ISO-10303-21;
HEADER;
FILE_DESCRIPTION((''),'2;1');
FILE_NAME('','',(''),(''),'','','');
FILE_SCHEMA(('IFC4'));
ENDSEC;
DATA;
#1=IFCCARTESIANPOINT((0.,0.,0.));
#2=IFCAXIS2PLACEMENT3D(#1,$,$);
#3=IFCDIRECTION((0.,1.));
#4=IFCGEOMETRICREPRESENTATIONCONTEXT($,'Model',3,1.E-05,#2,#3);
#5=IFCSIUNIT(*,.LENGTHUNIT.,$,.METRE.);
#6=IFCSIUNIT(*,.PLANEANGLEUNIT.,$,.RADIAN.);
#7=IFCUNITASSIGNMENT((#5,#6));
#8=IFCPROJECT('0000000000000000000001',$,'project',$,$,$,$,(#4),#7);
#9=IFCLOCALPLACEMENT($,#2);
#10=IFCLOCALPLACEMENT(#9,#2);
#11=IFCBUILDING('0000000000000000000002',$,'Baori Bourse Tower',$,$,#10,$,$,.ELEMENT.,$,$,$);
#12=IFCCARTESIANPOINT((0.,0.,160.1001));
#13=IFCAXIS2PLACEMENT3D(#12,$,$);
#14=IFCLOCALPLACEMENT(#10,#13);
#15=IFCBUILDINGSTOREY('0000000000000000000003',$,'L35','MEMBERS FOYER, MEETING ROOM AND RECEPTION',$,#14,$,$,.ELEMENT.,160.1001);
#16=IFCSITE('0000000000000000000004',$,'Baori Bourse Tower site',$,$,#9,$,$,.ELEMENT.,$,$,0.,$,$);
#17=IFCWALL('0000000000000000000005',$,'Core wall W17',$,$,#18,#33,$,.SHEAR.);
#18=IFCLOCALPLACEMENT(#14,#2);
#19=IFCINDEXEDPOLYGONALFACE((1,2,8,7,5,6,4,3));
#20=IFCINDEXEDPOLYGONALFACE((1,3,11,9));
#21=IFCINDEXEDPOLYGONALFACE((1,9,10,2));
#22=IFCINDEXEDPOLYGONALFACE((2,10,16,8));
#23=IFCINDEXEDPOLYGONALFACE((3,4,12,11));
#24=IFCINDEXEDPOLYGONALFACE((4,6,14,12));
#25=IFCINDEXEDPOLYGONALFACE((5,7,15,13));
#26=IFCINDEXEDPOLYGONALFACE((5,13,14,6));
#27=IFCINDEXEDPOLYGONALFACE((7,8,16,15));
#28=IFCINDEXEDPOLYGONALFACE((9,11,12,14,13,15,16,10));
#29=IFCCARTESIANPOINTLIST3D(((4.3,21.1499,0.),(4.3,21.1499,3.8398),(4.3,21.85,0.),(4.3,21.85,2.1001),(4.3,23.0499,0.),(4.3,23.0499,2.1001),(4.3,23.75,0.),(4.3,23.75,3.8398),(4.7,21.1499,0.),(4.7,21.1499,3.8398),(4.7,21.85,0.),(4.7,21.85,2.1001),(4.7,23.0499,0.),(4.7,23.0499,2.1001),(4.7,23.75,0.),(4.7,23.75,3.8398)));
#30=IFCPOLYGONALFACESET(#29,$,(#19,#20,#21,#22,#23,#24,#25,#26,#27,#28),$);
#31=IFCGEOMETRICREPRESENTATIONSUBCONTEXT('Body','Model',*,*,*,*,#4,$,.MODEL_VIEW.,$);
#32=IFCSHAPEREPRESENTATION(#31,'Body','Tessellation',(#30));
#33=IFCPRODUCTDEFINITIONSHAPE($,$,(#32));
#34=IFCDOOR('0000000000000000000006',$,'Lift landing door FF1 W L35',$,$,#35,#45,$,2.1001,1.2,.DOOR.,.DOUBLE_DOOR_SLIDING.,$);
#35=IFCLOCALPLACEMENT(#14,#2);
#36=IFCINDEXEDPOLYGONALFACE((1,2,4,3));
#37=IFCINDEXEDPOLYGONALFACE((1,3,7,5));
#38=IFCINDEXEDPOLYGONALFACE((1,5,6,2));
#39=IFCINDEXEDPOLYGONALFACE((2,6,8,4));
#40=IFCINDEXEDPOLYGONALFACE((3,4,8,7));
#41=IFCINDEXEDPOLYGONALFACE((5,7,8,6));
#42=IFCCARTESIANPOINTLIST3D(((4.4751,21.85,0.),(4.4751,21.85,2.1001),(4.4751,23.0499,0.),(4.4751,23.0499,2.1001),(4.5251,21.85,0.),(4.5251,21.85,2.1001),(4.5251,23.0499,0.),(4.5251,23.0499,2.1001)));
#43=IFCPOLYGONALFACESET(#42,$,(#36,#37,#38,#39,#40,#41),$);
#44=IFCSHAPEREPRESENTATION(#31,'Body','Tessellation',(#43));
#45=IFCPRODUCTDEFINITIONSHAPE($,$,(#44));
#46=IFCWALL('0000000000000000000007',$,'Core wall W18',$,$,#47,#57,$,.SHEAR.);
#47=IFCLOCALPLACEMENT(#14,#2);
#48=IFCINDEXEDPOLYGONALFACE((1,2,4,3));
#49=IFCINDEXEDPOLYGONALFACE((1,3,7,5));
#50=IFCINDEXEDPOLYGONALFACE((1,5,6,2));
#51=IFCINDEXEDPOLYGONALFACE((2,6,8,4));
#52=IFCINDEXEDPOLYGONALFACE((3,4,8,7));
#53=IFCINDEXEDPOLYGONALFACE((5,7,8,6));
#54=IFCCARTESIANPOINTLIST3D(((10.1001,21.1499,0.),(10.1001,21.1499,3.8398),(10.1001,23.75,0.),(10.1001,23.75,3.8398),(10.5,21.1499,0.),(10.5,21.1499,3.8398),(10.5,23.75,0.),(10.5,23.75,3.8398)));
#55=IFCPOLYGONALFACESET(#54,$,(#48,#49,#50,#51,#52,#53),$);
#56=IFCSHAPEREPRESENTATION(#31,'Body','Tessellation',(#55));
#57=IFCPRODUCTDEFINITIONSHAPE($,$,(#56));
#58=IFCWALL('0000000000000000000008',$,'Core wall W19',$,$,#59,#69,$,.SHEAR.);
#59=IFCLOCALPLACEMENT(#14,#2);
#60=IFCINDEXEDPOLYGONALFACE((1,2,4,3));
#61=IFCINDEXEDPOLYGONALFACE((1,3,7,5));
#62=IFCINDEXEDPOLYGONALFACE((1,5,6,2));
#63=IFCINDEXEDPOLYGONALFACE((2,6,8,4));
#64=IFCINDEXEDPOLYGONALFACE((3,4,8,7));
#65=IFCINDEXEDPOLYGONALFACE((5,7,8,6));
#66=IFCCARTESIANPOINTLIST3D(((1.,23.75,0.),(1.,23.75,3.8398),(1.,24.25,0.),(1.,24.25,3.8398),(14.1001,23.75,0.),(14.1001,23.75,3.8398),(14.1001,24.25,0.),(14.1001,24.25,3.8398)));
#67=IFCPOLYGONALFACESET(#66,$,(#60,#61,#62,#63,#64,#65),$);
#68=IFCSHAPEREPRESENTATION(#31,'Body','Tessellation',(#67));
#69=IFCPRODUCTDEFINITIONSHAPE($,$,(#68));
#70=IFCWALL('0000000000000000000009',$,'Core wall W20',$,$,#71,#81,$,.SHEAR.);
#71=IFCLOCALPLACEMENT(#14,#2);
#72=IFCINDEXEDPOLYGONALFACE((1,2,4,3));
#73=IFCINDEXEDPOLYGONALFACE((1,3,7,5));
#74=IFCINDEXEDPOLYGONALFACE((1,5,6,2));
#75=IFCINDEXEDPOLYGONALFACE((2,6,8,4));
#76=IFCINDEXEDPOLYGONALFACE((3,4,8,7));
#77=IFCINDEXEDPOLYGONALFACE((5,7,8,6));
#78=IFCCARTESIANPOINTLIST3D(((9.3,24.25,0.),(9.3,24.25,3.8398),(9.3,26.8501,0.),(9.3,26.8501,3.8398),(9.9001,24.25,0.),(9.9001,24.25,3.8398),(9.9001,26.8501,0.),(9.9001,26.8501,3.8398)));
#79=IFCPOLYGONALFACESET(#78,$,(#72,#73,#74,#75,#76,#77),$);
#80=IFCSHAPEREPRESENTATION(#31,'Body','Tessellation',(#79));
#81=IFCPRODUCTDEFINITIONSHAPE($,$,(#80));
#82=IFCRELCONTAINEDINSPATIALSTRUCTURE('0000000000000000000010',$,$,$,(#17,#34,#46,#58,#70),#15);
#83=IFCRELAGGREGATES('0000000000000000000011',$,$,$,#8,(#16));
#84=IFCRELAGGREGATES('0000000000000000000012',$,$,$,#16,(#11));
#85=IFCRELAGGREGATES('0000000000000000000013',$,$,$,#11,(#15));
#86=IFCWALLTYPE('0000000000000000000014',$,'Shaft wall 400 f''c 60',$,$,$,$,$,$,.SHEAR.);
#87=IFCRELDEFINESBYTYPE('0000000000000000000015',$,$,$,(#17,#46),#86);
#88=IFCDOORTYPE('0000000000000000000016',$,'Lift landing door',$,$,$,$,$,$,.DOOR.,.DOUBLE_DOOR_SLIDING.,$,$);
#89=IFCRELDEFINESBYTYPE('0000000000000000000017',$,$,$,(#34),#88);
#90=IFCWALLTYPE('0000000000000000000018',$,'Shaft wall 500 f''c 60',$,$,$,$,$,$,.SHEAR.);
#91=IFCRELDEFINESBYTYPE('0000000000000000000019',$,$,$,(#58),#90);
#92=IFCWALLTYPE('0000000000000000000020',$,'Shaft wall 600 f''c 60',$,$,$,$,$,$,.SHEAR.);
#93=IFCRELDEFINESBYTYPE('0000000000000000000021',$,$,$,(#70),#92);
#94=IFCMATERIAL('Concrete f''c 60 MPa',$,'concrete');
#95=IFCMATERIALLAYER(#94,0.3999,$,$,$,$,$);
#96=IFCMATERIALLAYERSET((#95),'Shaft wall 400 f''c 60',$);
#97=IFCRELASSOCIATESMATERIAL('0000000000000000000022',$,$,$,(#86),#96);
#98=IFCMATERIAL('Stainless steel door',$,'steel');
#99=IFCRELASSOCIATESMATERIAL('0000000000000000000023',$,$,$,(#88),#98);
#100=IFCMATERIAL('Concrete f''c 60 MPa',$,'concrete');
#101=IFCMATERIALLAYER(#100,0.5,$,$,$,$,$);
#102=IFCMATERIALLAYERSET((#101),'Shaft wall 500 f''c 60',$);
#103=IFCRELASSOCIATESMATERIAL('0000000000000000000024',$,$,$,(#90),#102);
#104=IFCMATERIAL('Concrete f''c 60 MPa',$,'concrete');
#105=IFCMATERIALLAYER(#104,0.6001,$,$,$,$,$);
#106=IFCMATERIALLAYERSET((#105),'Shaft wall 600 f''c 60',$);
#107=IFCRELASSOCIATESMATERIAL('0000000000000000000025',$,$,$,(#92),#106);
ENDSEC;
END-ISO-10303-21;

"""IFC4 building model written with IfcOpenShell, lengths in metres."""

from ifc_helpers import new_model, si_unit, direction, frame, frame_2d, origin, place, context, subcontext, project, spatial, rectangle, extrude, material, layer, layer_set, type_object, element, fill, save


model = new_model("IFC4")

# Units and contexts
model_context = context("Model", 3, precision=1e-05, world=origin(), true_north=direction((0.0, 1.0)))
body_context = subcontext(model_context, "Body", "Model", "MODEL_VIEW")
ifc_project = project(units=[si_unit("LENGTHUNIT", "METRE"), si_unit("PLANEANGLEUNIT", "RADIAN")], contexts=[model_context])

# Site, building, storey
site_placement = place(None, origin())
site = spatial("IfcSite", under=ifc_project, at=site_placement, Name="Baori Bourse Tower site", CompositionType="ELEMENT", RefElevation=0.0)
building_placement = place(site_placement, origin())
building = spatial("IfcBuilding", under=site, at=building_placement, Name="Baori Bourse Tower", CompositionType="ELEMENT")
storey_placement = place(building_placement, frame((0.0, 0.0, 160.1001)))
storey = spatial("IfcBuildingStorey", under=building, at=storey_placement, Name="L35", Description="MEMBERS FOYER, MEETING ROOM AND RECEPTION", CompositionType="ELEMENT", Elevation=160.1001)

# Shared definitions
ifc_material_1 = material(Name="Concrete f'c 60 MPa", Category="concrete")
ifc_layer_1 = layer(ifc_material_1, 0.3999)
ifc_layer_set_1 = layer_set([ifc_layer_1], Name="Shaft wall 400 f'c 60")
wall_type_1 = type_object("IfcWallType", Name="Shaft wall 400 f'c 60", PredefinedType="SHEAR", material=ifc_layer_set_1)

# Wall, opening, door
wall_1_placement = place(storey_placement, frame((4.5, 21.1499, 0.0), z_axis=(0.0, 0.0, 1.0), x_axis=(0.0, 1.0, 0.0)))
wall_1 = element("IfcWall", 1, at=wall_1_placement, inside=storey, type_object=wall_type_1, Name="Core wall W17", PredefinedType="SHEAR", context=body_context, shape_type="SweptSolid", body=[
    extrude(rectangle(XDim=2.6001, YDim=0.3999, at=frame_2d((1.3, 0.0))), origin(), (0.0, 0.0, 1.0), 3.8398),
])
opening_1_placement = place(wall_1_placement, frame((0.7, 0.0, 0.0)))
opening_1 = element("IfcOpeningElement", 2, at=opening_1_placement, cuts=wall_1, PredefinedType="OPENING", context=body_context, shape_type="SweptSolid", body=[
    extrude(rectangle(XDim=1.2, YDim=2.1001, at=frame_2d((0.6001, 1.05))), frame((0.0, 0.21, 0.0), z_axis=(0.0, -1.0, 0.0), x_axis=(1.0, 0.0, 0.0)), (0.0, 0.0, 1.0), 0.4199),
])
ifc_material_2 = material(Name="Stainless steel door", Category="steel")
door_type_1 = type_object("IfcDoorType", Name="Lift landing door", OperationType="DOUBLE_DOOR_SLIDING", PredefinedType="DOOR", material=ifc_material_2)
door_1_placement = place(opening_1_placement, origin())
door_1 = element("IfcDoor", 3, at=door_1_placement, inside=storey, type_object=door_type_1, Name="Lift landing door FF1 W L35", OperationType="DOUBLE_DOOR_SLIDING", OverallHeight=2.1001, OverallWidth=1.2, PredefinedType="DOOR", context=body_context, shape_type="SweptSolid", body=[
    extrude(rectangle(XDim=1.2, YDim=2.1001, at=frame_2d((0.6001, 1.05))), frame((0.0, 0.0249, 0.0), z_axis=(0.0, -1.0, 0.0), x_axis=(1.0, 0.0, 0.0)), (0.0, 0.0, 1.0), 0.05),
])
fill(opening_1, door_1)

# Walls
wall_2_placement = place(storey_placement, frame((10.3, 21.1499, 0.0), z_axis=(0.0, 0.0, 1.0), x_axis=(0.0, 1.0, 0.0)))
element("IfcWall", 4, at=wall_2_placement, inside=storey, type_object=wall_type_1, Name="Core wall W18", PredefinedType="SHEAR", context=body_context, shape_type="SweptSolid", body=[
    extrude(rectangle(XDim=2.6001, YDim=0.3999, at=frame_2d((1.3, 0.0))), origin(), (0.0, 0.0, 1.0), 3.8398),
])
ifc_material_3 = material(Name="Concrete f'c 60 MPa", Category="concrete")
ifc_layer_2 = layer(ifc_material_3, 0.5)
ifc_layer_set_2 = layer_set([ifc_layer_2], Name="Shaft wall 500 f'c 60")
wall_type_2 = type_object("IfcWallType", Name="Shaft wall 500 f'c 60", PredefinedType="SHEAR", material=ifc_layer_set_2)
wall_3_placement = place(storey_placement, frame((1.0, 24.0, 0.0), z_axis=(0.0, 0.0, 1.0), x_axis=(1.0, 0.0, 0.0)))
element("IfcWall", 5, at=wall_3_placement, inside=storey, type_object=wall_type_2, Name="Core wall W19", PredefinedType="SHEAR", context=body_context, shape_type="SweptSolid", body=[
    extrude(rectangle(XDim=13.1001, YDim=0.5, at=frame_2d((6.55, 0.0))), origin(), (0.0, 0.0, 1.0), 3.8398),
])
ifc_material_4 = material(Name="Concrete f'c 60 MPa", Category="concrete")
ifc_layer_3 = layer(ifc_material_4, 0.6001)
ifc_layer_set_3 = layer_set([ifc_layer_3], Name="Shaft wall 600 f'c 60")
wall_type_3 = type_object("IfcWallType", Name="Shaft wall 600 f'c 60", PredefinedType="SHEAR", material=ifc_layer_set_3)
wall_4_placement = place(storey_placement, frame((9.6001, 24.25, 0.0), z_axis=(0.0, 0.0, 1.0), x_axis=(0.0, 1.0, 0.0)))
element("IfcWall", 6, at=wall_4_placement, inside=storey, type_object=wall_type_3, Name="Core wall W20", PredefinedType="SHEAR", context=body_context, shape_type="SweptSolid", body=[
    extrude(rectangle(XDim=2.6001, YDim=0.6001, at=frame_2d((1.3, 0.0))), origin(), (0.0, 0.0, 1.0), 3.8398),
])

save(model, "model.ifc")
